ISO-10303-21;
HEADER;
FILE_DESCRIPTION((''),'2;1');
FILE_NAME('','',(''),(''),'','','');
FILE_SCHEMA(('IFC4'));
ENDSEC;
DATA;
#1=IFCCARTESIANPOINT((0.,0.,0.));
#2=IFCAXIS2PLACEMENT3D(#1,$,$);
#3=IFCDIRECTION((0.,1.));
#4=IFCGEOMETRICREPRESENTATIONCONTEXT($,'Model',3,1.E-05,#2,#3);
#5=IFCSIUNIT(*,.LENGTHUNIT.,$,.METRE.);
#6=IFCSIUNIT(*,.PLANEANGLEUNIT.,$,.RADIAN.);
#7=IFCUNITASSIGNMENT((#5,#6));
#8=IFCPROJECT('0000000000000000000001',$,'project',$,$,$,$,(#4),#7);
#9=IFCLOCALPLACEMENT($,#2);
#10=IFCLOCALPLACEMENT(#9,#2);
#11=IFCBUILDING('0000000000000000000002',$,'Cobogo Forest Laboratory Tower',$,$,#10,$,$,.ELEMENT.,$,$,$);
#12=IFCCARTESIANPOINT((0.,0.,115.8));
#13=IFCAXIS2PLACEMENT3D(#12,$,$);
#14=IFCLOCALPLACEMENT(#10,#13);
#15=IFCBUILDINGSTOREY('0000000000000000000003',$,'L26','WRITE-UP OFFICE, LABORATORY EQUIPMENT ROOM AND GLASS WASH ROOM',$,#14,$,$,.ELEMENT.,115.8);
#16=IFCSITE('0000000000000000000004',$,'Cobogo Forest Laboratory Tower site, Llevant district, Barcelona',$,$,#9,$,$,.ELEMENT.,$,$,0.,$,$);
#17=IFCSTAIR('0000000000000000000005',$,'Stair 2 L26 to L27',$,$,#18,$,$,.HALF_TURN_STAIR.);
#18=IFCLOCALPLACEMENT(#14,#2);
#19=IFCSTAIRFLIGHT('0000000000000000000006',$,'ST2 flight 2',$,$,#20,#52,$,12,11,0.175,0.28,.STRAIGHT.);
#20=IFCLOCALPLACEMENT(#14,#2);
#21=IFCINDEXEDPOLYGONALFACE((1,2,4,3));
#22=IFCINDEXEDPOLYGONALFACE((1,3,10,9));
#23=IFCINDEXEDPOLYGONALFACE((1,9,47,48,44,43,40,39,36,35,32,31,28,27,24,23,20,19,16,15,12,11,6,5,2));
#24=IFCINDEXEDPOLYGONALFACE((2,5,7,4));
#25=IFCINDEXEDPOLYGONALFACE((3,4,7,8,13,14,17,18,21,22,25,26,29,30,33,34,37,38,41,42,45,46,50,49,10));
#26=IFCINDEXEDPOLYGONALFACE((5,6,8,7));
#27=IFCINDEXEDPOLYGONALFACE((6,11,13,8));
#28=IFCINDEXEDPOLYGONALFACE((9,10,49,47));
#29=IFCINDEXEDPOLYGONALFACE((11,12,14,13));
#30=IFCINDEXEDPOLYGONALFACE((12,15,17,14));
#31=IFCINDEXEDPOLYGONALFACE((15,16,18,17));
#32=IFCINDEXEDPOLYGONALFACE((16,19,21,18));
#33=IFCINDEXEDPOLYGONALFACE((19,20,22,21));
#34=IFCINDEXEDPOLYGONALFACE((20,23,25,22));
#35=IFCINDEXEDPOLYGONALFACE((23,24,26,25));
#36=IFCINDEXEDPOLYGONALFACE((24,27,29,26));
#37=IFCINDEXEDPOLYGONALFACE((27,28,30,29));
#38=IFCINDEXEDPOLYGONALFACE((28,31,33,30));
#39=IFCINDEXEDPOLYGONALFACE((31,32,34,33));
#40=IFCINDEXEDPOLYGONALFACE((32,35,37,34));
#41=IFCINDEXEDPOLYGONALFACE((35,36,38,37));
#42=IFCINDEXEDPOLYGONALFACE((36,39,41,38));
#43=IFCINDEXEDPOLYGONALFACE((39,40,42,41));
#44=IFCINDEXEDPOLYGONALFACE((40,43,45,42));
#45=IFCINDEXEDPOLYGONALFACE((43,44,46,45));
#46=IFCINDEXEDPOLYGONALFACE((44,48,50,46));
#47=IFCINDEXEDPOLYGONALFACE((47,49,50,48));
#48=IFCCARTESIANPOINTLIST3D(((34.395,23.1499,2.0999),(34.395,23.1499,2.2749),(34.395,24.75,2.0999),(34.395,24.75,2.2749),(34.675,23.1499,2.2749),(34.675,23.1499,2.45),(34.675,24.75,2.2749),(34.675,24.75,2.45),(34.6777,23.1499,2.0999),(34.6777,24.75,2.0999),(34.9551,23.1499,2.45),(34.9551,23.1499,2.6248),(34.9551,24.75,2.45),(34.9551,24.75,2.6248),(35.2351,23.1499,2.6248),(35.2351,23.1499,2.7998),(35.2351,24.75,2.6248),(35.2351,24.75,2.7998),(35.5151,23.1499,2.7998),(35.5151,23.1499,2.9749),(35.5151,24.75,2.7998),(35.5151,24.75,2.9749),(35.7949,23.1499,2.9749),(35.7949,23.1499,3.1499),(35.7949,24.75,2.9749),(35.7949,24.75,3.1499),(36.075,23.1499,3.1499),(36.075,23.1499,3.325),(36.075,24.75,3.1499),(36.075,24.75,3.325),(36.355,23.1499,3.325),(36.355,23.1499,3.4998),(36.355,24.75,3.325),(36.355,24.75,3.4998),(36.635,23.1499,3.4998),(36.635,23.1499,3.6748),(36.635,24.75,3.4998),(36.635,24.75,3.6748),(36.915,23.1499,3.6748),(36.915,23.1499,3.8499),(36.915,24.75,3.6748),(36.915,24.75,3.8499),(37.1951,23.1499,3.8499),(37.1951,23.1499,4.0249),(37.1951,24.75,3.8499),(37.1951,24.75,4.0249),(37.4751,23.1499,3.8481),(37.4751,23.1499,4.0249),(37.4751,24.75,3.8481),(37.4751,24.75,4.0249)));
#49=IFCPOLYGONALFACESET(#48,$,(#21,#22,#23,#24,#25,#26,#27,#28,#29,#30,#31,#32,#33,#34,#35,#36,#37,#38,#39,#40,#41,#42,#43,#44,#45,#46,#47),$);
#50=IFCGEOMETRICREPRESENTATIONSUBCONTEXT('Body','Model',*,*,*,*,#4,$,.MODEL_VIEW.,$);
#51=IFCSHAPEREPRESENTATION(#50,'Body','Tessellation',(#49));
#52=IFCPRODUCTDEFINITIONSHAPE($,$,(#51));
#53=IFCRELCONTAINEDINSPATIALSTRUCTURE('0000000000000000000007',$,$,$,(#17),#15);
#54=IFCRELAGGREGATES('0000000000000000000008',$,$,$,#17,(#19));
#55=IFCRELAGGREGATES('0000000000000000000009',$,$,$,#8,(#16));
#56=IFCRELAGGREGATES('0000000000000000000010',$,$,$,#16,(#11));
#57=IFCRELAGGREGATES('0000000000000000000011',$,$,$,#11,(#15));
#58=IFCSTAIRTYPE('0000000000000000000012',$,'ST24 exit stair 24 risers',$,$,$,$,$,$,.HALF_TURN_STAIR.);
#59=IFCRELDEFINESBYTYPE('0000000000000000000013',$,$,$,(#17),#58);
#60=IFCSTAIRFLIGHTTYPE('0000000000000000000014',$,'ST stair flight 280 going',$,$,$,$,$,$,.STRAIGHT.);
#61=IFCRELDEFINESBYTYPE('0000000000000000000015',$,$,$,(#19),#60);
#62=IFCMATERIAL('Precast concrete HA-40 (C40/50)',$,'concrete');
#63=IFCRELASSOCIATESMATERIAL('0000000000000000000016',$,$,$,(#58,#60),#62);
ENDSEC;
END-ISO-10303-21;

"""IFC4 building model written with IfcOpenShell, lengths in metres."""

from ifc_helpers import new_model, si_unit, direction, frame, origin, place, context, subcontext, project, spatial, polyline, outline, extrude, material, type_object, element, aggregate, save


model = new_model("IFC4")

# Units and contexts
model_context = context("Model", 3, precision=1e-05, world=origin(), true_north=direction((0.0, 1.0)))
body_context = subcontext(model_context, "Body", "Model", "MODEL_VIEW")
ifc_project = project(units=[si_unit("LENGTHUNIT", "METRE"), si_unit("PLANEANGLEUNIT", "RADIAN")], contexts=[model_context])

# Site, building, storey
site_placement = place(None, origin())
site = spatial("IfcSite", under=ifc_project, at=site_placement, Name="Cobogo Forest Laboratory Tower site, Llevant district, Barcelona", CompositionType="ELEMENT", RefElevation=0.0)
building_placement = place(site_placement, origin())
building = spatial("IfcBuilding", under=site, at=building_placement, Name="Cobogo Forest Laboratory Tower", CompositionType="ELEMENT")
storey_placement = place(building_placement, frame((0.0, 0.0, 115.8)))
storey = spatial("IfcBuildingStorey", under=building, at=storey_placement, Name="L26", Description="WRITE-UP OFFICE, LABORATORY EQUIPMENT ROOM AND GLASS WASH ROOM", CompositionType="ELEMENT", Elevation=115.8)

# Stair, stair flight
ifc_material_1 = material(Name="Precast concrete HA-40 (C40/50)", Category="concrete")
stair_type = type_object("IfcStairType", Name="ST24 exit stair 24 risers", PredefinedType="HALF_TURN_STAIR", material=ifc_material_1)
stair_placement = place(storey_placement, origin())
stair = element("IfcStair", 1, at=stair_placement, inside=storey, type_object=stair_type, Name="Stair 2 L26 to L27", PredefinedType="HALF_TURN_STAIR")
stair_flight_type = type_object("IfcStairFlightType", Name="ST stair flight 280 going", PredefinedType="STRAIGHT", material=ifc_material_1)
stair_flight_1_placement = place(storey_placement, frame((34.395, 23.95, 2.0999), z_axis=(0.0, 0.0, 1.0), x_axis=(1.0, 0.0, 0.0)))
stair_flight_1 = element("IfcStairFlight", 2, at=stair_flight_1_placement, type_object=stair_flight_type, Name="ST2 flight 2", NumberOfRisers=12, NumberOfTreads=11, PredefinedType="STRAIGHT", RiserHeight=0.175, TreadLength=0.28, context=body_context, shape_type="SweptSolid", body=[
    extrude(outline(polyline([(0.0, 0.0), (0.0, 0.175), (0.28, 0.175), (0.28, 0.3501), (0.5601, 0.3501), (0.5601, 0.5249), (0.8401, 0.5249), (0.8401, 0.7), (1.1201, 0.7), (1.1201, 0.875), (1.3999, 0.875), (1.3999, 1.05), (1.6799, 1.05), (1.6799, 1.2251), (1.96, 1.2251), (1.96, 1.3999), (2.24, 1.3999), (2.24, 1.575), (2.52, 1.575), (2.52, 1.75), (2.8, 1.75), (2.8, 1.925), (3.0801, 1.925), (3.0801, 2.1001), (3.0801, 1.7483), (0.2827, 0.0), (0.0, 0.0)])), frame((0.0, 0.8, 0.0), z_axis=(0.0, -1.0, 0.0), x_axis=(1.0, 0.0, 0.0)), (0.0, 0.0, 1.0), 1.6001),
])
aggregate(stair, [stair_flight_1])

save(model, "model.ifc")
